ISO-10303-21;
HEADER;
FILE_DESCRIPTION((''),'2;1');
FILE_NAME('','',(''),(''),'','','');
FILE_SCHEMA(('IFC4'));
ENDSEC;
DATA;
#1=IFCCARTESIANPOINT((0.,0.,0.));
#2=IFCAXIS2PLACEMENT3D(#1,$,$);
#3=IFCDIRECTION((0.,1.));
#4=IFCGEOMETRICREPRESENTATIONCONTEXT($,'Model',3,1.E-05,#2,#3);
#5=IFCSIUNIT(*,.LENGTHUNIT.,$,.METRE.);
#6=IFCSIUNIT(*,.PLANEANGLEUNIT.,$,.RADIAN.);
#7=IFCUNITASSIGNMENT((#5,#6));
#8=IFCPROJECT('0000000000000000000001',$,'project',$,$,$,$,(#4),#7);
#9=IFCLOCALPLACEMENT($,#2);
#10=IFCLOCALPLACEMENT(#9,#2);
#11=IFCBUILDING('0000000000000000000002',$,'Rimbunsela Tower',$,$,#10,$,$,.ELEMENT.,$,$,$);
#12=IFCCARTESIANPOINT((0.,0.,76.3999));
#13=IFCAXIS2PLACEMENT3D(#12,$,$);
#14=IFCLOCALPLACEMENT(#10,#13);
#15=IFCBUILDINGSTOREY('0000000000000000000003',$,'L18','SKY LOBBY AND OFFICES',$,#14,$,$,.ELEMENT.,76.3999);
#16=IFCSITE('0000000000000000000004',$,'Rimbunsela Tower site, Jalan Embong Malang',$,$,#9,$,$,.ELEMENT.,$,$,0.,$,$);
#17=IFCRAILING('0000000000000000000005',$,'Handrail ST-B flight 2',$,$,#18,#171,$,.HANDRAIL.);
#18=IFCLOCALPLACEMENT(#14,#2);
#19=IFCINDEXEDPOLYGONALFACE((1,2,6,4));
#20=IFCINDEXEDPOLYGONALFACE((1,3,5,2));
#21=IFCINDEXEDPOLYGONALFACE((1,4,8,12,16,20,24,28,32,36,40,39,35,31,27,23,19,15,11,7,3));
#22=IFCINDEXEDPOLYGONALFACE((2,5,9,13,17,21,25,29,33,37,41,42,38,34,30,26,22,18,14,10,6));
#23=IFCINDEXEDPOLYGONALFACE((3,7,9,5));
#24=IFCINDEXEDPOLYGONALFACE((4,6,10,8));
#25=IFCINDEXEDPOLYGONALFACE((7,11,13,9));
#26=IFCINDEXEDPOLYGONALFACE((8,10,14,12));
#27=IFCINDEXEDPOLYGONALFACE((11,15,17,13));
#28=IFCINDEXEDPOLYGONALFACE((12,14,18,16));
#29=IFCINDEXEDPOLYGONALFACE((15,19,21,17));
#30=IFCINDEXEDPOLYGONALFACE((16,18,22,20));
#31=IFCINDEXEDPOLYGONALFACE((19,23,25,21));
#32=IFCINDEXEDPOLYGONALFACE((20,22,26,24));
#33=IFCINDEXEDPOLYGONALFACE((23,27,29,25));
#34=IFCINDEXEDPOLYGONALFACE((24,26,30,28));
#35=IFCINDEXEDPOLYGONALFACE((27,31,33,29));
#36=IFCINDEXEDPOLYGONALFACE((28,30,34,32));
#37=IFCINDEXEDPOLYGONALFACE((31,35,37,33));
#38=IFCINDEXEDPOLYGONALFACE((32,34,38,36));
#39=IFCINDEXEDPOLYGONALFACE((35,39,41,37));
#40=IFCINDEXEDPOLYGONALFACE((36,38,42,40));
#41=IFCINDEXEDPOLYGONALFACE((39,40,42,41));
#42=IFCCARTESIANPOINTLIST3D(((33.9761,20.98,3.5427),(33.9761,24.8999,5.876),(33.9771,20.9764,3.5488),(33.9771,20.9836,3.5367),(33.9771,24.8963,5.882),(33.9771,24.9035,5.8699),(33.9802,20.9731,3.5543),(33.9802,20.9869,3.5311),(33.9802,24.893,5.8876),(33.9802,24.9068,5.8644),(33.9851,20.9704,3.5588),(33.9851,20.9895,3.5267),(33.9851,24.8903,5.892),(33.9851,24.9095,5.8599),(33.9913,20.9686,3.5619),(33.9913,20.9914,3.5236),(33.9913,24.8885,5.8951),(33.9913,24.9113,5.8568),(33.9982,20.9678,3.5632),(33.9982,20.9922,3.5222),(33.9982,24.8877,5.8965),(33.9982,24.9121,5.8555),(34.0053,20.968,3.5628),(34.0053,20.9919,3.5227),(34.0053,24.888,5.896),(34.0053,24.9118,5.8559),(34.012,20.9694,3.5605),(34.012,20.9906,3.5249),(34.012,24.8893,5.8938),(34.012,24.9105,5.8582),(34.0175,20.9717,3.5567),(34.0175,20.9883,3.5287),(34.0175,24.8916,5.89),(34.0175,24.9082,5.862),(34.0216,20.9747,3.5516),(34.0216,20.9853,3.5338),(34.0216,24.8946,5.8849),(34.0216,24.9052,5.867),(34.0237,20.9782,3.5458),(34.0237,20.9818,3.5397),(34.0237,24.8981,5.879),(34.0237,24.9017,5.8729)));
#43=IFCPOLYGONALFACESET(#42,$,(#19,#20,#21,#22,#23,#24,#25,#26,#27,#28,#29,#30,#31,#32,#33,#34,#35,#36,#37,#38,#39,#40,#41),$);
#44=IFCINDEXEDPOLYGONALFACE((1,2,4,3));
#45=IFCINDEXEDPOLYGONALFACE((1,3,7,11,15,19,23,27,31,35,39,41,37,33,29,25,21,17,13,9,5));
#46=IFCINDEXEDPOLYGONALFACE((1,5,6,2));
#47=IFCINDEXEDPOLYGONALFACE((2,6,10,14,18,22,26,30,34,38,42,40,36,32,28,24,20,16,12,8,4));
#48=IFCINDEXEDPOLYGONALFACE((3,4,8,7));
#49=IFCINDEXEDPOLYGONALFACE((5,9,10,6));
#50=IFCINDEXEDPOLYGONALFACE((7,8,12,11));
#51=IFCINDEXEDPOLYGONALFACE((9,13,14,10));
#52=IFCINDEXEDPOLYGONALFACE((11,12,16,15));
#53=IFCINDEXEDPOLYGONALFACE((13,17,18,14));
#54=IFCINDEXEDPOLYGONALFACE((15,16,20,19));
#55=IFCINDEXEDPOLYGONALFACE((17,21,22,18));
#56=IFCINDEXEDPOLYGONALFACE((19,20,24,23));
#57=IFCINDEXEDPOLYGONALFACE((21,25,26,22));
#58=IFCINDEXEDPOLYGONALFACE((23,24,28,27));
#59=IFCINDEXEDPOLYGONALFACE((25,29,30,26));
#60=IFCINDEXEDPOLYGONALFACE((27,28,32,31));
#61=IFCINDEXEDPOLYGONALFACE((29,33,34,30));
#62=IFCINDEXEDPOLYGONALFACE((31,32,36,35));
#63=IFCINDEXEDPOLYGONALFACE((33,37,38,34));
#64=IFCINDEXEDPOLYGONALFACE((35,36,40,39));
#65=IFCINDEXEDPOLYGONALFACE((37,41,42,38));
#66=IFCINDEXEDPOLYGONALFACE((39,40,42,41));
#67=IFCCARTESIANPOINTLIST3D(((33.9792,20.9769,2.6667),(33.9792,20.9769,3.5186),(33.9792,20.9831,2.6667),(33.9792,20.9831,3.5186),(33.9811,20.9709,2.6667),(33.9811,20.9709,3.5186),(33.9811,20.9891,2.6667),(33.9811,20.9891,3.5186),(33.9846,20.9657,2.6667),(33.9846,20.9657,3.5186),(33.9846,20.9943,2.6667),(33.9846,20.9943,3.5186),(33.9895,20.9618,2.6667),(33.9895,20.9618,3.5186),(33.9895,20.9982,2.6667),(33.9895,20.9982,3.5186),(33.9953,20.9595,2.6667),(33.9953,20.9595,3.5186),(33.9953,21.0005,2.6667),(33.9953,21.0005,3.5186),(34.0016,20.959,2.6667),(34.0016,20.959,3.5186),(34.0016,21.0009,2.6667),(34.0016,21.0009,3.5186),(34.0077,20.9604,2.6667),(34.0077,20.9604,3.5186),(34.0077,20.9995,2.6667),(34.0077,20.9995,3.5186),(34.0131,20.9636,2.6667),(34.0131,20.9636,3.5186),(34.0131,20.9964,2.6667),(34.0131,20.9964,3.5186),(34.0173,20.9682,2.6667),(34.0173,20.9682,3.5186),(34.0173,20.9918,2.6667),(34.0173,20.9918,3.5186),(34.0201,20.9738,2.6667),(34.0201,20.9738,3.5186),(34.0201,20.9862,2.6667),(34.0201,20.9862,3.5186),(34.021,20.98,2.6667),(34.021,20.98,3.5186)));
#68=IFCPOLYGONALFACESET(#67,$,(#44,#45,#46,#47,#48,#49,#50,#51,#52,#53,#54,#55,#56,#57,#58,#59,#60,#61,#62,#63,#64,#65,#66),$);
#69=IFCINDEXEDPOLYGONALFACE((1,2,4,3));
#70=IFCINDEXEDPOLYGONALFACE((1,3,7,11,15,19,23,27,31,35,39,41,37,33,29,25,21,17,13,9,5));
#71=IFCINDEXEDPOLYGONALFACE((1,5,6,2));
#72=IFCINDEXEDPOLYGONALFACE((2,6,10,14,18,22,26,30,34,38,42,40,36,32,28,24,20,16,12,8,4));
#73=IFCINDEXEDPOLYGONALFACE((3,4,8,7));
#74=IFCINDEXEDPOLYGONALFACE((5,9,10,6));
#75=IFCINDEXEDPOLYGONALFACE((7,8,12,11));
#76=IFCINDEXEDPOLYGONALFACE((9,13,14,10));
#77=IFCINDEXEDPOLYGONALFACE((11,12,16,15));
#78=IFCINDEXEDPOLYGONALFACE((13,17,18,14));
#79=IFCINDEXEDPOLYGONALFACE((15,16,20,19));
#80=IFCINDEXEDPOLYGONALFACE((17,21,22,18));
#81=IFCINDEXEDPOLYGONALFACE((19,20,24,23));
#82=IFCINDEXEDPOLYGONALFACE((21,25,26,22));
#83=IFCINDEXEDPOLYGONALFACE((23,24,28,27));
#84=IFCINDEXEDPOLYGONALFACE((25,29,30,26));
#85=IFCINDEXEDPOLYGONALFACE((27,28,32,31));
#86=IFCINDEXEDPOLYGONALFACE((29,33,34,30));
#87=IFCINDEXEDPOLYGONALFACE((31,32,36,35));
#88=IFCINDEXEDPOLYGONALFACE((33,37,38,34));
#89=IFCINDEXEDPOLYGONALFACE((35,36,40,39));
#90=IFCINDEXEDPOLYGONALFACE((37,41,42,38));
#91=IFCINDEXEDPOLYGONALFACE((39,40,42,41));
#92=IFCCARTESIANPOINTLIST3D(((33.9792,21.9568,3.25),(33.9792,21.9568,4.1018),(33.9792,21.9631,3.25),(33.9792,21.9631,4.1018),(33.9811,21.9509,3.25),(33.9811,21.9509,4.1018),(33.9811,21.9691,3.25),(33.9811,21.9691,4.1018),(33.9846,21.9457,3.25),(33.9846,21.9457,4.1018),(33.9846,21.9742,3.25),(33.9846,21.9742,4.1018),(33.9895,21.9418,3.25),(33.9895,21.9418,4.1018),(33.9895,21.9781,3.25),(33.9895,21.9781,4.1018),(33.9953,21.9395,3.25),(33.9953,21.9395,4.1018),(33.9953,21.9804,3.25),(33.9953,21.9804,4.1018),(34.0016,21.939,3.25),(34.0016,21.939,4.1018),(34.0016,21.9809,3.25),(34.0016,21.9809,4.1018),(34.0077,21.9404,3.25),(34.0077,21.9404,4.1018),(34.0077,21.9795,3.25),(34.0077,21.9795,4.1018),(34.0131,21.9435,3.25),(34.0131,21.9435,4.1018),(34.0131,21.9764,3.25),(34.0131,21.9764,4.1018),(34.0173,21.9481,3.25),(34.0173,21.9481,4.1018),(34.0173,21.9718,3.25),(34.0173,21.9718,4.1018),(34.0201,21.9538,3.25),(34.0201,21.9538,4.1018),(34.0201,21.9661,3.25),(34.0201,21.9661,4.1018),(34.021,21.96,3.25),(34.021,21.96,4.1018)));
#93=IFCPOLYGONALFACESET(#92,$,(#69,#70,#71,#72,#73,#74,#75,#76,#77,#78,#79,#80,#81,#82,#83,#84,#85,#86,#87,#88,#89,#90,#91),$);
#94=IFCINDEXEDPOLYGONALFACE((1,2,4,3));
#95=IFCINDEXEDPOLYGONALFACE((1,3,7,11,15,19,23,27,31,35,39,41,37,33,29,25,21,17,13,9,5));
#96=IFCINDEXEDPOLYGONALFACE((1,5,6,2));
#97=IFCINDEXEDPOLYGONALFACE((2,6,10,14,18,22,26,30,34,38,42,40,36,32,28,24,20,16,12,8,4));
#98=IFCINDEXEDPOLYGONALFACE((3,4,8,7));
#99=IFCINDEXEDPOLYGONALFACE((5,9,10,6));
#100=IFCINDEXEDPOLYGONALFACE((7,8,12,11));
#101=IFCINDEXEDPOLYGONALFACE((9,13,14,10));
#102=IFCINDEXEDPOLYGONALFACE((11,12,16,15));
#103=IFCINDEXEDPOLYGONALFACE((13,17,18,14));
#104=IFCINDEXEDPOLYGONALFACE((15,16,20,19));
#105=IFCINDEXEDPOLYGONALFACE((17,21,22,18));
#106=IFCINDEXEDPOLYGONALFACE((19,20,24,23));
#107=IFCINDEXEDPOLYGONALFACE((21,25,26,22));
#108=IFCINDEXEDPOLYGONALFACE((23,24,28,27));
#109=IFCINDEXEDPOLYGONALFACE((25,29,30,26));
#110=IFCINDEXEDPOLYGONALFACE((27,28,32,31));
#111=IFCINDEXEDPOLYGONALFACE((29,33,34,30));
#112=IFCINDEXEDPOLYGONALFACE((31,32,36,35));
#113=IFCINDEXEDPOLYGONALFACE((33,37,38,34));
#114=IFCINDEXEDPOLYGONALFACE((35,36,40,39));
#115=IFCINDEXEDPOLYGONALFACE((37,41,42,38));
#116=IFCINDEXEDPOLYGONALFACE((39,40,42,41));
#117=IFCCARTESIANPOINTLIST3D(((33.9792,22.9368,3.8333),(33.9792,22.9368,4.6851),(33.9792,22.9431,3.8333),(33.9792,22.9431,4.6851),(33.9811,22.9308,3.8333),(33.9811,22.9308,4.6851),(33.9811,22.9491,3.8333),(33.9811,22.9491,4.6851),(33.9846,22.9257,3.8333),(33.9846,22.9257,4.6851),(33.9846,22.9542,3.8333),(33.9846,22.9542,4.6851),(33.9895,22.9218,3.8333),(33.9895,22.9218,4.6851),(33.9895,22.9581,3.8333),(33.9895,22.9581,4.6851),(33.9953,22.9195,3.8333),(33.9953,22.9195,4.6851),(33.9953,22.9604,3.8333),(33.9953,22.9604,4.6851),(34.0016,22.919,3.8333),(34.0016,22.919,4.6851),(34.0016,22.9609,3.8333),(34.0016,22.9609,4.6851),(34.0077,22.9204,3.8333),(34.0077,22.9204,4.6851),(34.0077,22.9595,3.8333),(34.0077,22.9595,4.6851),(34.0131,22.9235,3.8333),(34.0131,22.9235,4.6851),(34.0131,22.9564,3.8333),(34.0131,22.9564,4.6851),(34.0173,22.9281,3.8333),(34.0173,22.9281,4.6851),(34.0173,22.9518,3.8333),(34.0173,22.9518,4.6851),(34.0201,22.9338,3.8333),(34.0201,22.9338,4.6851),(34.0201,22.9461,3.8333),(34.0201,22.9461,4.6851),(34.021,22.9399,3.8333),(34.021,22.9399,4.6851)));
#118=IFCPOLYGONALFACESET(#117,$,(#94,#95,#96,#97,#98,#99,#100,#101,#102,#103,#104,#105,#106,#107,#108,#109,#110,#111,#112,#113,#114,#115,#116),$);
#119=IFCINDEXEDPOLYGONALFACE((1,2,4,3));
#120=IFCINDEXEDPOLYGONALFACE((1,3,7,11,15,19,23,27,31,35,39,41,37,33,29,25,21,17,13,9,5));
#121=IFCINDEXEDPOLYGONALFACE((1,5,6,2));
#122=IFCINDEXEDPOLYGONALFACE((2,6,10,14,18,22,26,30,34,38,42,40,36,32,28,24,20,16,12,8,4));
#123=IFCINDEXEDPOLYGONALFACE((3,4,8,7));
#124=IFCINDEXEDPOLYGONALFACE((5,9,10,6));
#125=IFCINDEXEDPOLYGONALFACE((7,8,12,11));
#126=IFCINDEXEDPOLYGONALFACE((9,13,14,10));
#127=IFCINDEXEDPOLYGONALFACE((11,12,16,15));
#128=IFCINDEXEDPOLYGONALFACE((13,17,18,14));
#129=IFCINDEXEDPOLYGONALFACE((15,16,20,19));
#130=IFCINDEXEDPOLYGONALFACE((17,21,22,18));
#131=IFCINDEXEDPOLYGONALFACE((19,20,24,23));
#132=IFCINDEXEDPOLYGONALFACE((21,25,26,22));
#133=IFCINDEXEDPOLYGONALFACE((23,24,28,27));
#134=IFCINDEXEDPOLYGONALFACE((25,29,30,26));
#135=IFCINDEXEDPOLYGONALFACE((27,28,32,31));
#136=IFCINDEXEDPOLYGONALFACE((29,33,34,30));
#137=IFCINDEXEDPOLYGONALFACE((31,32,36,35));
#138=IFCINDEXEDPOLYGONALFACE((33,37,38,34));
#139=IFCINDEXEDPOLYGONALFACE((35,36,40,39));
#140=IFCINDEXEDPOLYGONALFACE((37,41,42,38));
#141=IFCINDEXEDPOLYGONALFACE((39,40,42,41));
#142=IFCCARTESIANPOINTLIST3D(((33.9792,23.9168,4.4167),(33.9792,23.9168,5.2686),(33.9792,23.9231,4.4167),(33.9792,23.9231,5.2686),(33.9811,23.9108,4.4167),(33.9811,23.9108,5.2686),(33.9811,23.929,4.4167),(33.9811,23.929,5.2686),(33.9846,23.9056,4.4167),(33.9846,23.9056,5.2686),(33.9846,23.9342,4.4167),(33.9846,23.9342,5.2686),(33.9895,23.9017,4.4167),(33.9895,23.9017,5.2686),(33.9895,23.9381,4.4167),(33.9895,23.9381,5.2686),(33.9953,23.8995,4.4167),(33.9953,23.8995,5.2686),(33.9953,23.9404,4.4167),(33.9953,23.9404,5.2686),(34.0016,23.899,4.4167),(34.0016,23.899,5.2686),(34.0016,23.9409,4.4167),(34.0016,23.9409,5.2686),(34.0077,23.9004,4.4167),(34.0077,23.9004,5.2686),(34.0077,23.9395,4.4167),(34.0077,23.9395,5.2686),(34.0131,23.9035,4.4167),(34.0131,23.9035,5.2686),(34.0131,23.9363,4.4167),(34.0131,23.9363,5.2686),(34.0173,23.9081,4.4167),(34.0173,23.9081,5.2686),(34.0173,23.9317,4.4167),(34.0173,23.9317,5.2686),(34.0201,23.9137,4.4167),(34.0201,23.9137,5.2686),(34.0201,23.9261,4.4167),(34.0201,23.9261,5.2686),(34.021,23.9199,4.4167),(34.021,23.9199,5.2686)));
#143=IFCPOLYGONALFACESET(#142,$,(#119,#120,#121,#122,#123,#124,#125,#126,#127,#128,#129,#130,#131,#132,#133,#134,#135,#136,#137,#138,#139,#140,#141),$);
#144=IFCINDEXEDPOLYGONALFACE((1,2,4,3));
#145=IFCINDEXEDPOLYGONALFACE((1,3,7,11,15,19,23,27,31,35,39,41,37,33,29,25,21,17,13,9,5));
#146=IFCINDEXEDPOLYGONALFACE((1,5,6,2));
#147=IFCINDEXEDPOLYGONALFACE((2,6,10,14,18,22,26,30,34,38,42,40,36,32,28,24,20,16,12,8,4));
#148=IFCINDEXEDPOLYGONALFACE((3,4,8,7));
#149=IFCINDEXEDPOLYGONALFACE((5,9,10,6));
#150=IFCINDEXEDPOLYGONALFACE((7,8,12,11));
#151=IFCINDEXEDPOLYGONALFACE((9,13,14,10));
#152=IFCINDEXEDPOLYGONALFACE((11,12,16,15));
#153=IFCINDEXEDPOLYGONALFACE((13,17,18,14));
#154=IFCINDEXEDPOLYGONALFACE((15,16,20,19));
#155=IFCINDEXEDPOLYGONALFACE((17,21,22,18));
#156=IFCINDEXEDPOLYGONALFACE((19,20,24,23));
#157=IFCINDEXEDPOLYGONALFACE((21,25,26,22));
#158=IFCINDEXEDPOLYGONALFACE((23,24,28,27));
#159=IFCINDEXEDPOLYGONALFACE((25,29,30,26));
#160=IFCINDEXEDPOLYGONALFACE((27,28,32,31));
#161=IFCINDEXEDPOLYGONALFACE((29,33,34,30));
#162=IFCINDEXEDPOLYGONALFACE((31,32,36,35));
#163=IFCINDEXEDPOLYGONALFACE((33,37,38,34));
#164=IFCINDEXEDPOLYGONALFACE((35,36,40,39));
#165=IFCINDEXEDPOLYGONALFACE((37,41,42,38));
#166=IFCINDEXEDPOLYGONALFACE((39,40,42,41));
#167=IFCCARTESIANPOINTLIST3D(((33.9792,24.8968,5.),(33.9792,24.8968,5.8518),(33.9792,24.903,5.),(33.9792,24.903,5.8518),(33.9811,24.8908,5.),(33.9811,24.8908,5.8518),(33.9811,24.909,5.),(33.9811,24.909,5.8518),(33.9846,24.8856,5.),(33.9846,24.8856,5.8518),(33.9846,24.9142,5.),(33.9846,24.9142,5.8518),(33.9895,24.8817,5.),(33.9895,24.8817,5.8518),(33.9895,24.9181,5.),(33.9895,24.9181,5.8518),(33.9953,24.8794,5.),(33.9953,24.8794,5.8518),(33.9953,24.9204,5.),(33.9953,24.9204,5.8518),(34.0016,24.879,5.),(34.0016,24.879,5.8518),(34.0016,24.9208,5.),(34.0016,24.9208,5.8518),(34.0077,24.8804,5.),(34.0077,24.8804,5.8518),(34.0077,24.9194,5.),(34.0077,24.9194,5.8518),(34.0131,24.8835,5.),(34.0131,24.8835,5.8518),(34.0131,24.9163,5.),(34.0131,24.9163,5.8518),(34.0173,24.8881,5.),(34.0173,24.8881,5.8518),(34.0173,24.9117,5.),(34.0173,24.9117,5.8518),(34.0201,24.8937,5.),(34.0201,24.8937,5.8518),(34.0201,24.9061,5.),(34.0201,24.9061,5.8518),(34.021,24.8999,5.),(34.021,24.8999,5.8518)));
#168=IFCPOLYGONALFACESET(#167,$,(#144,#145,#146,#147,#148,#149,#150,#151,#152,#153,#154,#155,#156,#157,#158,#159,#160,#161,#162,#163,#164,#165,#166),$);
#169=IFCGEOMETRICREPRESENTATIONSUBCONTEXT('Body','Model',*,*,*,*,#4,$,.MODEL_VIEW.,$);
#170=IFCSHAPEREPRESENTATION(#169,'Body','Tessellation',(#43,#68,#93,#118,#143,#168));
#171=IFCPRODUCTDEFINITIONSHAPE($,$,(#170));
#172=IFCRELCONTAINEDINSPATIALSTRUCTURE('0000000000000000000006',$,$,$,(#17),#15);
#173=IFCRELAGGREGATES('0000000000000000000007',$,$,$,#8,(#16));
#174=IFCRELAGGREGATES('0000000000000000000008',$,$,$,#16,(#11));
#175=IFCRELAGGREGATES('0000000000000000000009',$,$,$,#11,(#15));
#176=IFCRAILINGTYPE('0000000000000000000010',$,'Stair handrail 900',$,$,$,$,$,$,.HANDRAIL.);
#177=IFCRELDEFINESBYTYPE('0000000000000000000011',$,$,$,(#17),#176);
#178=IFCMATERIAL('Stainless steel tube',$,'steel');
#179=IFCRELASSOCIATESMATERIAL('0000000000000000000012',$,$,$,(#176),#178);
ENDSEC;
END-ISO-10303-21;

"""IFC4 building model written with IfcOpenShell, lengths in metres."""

from ifc_helpers import new_model, si_unit, direction, frame, origin, origin_2d, place, context, subcontext, project, spatial, circle, extrude, material, type_object, element, save


model = new_model("IFC4")

# Units and contexts
model_context = context("Model", 3, precision=1e-05, world=origin(), true_north=direction((0.0, 1.0)))
body_context = subcontext(model_context, "Body", "Model", "MODEL_VIEW")
ifc_project = project(units=[si_unit("LENGTHUNIT", "METRE"), si_unit("PLANEANGLEUNIT", "RADIAN")], contexts=[model_context])

# Site, building, storey
site_placement = place(None, origin())
site = spatial("IfcSite", under=ifc_project, at=site_placement, Name="Rimbunsela Tower site, Jalan Embong Malang", CompositionType="ELEMENT", RefElevation=0.0)
building_placement = place(site_placement, origin())
building = spatial("IfcBuilding", under=site, at=building_placement, Name="Rimbunsela Tower", CompositionType="ELEMENT")
storey_placement = place(building_placement, frame((0.0, 0.0, 76.3999)))
storey = spatial("IfcBuildingStorey", under=building, at=storey_placement, Name="L18", Description="SKY LOBBY AND OFFICES", CompositionType="ELEMENT", Elevation=76.3999)

# Railing
ifc_material_1 = material(Name="Stainless steel tube", Category="steel")
railing_type = type_object("IfcRailingType", Name="Stair handrail 900", PredefinedType="HANDRAIL", material=ifc_material_1)
railing_placement = place(storey_placement, frame((34.0, 20.98, 2.6667)))
element("IfcRailing", 1, at=railing_placement, inside=storey, type_object=railing_type, Name="Handrail ST-B flight 2", PredefinedType="HANDRAIL", context=body_context, shape_type="SweptSolid", body=[
    extrude(circle(Radius=0.0239, at=origin_2d()), frame((0.0, 0.0, 0.876), z_axis=(0.0, 0.859296, 0.511478), x_axis=(-1.0, 0.0, 0.0)), (0.0, 0.0, 1.0), 4.5618),
    extrude(circle(Radius=0.021, at=origin_2d()), origin(), (0.0, 0.0, 1.0), 0.8518),
    extrude(circle(Radius=0.021, at=origin_2d()), frame((0.0, 0.98, 0.5833)), (0.0, 0.0, 1.0), 0.8518),
    extrude(circle(Radius=0.021, at=origin_2d()), frame((0.0, 1.96, 1.1665)), (0.0, 0.0, 1.0), 0.8518),
    extrude(circle(Radius=0.021, at=origin_2d()), frame((0.0, 2.9399, 1.75)), (0.0, 0.0, 1.0), 0.8518),
    extrude(circle(Radius=0.021, at=origin_2d()), frame((0.0, 3.9199, 2.3333)), (0.0, 0.0, 1.0), 0.8518),
])

save(model, "model.ifc")
